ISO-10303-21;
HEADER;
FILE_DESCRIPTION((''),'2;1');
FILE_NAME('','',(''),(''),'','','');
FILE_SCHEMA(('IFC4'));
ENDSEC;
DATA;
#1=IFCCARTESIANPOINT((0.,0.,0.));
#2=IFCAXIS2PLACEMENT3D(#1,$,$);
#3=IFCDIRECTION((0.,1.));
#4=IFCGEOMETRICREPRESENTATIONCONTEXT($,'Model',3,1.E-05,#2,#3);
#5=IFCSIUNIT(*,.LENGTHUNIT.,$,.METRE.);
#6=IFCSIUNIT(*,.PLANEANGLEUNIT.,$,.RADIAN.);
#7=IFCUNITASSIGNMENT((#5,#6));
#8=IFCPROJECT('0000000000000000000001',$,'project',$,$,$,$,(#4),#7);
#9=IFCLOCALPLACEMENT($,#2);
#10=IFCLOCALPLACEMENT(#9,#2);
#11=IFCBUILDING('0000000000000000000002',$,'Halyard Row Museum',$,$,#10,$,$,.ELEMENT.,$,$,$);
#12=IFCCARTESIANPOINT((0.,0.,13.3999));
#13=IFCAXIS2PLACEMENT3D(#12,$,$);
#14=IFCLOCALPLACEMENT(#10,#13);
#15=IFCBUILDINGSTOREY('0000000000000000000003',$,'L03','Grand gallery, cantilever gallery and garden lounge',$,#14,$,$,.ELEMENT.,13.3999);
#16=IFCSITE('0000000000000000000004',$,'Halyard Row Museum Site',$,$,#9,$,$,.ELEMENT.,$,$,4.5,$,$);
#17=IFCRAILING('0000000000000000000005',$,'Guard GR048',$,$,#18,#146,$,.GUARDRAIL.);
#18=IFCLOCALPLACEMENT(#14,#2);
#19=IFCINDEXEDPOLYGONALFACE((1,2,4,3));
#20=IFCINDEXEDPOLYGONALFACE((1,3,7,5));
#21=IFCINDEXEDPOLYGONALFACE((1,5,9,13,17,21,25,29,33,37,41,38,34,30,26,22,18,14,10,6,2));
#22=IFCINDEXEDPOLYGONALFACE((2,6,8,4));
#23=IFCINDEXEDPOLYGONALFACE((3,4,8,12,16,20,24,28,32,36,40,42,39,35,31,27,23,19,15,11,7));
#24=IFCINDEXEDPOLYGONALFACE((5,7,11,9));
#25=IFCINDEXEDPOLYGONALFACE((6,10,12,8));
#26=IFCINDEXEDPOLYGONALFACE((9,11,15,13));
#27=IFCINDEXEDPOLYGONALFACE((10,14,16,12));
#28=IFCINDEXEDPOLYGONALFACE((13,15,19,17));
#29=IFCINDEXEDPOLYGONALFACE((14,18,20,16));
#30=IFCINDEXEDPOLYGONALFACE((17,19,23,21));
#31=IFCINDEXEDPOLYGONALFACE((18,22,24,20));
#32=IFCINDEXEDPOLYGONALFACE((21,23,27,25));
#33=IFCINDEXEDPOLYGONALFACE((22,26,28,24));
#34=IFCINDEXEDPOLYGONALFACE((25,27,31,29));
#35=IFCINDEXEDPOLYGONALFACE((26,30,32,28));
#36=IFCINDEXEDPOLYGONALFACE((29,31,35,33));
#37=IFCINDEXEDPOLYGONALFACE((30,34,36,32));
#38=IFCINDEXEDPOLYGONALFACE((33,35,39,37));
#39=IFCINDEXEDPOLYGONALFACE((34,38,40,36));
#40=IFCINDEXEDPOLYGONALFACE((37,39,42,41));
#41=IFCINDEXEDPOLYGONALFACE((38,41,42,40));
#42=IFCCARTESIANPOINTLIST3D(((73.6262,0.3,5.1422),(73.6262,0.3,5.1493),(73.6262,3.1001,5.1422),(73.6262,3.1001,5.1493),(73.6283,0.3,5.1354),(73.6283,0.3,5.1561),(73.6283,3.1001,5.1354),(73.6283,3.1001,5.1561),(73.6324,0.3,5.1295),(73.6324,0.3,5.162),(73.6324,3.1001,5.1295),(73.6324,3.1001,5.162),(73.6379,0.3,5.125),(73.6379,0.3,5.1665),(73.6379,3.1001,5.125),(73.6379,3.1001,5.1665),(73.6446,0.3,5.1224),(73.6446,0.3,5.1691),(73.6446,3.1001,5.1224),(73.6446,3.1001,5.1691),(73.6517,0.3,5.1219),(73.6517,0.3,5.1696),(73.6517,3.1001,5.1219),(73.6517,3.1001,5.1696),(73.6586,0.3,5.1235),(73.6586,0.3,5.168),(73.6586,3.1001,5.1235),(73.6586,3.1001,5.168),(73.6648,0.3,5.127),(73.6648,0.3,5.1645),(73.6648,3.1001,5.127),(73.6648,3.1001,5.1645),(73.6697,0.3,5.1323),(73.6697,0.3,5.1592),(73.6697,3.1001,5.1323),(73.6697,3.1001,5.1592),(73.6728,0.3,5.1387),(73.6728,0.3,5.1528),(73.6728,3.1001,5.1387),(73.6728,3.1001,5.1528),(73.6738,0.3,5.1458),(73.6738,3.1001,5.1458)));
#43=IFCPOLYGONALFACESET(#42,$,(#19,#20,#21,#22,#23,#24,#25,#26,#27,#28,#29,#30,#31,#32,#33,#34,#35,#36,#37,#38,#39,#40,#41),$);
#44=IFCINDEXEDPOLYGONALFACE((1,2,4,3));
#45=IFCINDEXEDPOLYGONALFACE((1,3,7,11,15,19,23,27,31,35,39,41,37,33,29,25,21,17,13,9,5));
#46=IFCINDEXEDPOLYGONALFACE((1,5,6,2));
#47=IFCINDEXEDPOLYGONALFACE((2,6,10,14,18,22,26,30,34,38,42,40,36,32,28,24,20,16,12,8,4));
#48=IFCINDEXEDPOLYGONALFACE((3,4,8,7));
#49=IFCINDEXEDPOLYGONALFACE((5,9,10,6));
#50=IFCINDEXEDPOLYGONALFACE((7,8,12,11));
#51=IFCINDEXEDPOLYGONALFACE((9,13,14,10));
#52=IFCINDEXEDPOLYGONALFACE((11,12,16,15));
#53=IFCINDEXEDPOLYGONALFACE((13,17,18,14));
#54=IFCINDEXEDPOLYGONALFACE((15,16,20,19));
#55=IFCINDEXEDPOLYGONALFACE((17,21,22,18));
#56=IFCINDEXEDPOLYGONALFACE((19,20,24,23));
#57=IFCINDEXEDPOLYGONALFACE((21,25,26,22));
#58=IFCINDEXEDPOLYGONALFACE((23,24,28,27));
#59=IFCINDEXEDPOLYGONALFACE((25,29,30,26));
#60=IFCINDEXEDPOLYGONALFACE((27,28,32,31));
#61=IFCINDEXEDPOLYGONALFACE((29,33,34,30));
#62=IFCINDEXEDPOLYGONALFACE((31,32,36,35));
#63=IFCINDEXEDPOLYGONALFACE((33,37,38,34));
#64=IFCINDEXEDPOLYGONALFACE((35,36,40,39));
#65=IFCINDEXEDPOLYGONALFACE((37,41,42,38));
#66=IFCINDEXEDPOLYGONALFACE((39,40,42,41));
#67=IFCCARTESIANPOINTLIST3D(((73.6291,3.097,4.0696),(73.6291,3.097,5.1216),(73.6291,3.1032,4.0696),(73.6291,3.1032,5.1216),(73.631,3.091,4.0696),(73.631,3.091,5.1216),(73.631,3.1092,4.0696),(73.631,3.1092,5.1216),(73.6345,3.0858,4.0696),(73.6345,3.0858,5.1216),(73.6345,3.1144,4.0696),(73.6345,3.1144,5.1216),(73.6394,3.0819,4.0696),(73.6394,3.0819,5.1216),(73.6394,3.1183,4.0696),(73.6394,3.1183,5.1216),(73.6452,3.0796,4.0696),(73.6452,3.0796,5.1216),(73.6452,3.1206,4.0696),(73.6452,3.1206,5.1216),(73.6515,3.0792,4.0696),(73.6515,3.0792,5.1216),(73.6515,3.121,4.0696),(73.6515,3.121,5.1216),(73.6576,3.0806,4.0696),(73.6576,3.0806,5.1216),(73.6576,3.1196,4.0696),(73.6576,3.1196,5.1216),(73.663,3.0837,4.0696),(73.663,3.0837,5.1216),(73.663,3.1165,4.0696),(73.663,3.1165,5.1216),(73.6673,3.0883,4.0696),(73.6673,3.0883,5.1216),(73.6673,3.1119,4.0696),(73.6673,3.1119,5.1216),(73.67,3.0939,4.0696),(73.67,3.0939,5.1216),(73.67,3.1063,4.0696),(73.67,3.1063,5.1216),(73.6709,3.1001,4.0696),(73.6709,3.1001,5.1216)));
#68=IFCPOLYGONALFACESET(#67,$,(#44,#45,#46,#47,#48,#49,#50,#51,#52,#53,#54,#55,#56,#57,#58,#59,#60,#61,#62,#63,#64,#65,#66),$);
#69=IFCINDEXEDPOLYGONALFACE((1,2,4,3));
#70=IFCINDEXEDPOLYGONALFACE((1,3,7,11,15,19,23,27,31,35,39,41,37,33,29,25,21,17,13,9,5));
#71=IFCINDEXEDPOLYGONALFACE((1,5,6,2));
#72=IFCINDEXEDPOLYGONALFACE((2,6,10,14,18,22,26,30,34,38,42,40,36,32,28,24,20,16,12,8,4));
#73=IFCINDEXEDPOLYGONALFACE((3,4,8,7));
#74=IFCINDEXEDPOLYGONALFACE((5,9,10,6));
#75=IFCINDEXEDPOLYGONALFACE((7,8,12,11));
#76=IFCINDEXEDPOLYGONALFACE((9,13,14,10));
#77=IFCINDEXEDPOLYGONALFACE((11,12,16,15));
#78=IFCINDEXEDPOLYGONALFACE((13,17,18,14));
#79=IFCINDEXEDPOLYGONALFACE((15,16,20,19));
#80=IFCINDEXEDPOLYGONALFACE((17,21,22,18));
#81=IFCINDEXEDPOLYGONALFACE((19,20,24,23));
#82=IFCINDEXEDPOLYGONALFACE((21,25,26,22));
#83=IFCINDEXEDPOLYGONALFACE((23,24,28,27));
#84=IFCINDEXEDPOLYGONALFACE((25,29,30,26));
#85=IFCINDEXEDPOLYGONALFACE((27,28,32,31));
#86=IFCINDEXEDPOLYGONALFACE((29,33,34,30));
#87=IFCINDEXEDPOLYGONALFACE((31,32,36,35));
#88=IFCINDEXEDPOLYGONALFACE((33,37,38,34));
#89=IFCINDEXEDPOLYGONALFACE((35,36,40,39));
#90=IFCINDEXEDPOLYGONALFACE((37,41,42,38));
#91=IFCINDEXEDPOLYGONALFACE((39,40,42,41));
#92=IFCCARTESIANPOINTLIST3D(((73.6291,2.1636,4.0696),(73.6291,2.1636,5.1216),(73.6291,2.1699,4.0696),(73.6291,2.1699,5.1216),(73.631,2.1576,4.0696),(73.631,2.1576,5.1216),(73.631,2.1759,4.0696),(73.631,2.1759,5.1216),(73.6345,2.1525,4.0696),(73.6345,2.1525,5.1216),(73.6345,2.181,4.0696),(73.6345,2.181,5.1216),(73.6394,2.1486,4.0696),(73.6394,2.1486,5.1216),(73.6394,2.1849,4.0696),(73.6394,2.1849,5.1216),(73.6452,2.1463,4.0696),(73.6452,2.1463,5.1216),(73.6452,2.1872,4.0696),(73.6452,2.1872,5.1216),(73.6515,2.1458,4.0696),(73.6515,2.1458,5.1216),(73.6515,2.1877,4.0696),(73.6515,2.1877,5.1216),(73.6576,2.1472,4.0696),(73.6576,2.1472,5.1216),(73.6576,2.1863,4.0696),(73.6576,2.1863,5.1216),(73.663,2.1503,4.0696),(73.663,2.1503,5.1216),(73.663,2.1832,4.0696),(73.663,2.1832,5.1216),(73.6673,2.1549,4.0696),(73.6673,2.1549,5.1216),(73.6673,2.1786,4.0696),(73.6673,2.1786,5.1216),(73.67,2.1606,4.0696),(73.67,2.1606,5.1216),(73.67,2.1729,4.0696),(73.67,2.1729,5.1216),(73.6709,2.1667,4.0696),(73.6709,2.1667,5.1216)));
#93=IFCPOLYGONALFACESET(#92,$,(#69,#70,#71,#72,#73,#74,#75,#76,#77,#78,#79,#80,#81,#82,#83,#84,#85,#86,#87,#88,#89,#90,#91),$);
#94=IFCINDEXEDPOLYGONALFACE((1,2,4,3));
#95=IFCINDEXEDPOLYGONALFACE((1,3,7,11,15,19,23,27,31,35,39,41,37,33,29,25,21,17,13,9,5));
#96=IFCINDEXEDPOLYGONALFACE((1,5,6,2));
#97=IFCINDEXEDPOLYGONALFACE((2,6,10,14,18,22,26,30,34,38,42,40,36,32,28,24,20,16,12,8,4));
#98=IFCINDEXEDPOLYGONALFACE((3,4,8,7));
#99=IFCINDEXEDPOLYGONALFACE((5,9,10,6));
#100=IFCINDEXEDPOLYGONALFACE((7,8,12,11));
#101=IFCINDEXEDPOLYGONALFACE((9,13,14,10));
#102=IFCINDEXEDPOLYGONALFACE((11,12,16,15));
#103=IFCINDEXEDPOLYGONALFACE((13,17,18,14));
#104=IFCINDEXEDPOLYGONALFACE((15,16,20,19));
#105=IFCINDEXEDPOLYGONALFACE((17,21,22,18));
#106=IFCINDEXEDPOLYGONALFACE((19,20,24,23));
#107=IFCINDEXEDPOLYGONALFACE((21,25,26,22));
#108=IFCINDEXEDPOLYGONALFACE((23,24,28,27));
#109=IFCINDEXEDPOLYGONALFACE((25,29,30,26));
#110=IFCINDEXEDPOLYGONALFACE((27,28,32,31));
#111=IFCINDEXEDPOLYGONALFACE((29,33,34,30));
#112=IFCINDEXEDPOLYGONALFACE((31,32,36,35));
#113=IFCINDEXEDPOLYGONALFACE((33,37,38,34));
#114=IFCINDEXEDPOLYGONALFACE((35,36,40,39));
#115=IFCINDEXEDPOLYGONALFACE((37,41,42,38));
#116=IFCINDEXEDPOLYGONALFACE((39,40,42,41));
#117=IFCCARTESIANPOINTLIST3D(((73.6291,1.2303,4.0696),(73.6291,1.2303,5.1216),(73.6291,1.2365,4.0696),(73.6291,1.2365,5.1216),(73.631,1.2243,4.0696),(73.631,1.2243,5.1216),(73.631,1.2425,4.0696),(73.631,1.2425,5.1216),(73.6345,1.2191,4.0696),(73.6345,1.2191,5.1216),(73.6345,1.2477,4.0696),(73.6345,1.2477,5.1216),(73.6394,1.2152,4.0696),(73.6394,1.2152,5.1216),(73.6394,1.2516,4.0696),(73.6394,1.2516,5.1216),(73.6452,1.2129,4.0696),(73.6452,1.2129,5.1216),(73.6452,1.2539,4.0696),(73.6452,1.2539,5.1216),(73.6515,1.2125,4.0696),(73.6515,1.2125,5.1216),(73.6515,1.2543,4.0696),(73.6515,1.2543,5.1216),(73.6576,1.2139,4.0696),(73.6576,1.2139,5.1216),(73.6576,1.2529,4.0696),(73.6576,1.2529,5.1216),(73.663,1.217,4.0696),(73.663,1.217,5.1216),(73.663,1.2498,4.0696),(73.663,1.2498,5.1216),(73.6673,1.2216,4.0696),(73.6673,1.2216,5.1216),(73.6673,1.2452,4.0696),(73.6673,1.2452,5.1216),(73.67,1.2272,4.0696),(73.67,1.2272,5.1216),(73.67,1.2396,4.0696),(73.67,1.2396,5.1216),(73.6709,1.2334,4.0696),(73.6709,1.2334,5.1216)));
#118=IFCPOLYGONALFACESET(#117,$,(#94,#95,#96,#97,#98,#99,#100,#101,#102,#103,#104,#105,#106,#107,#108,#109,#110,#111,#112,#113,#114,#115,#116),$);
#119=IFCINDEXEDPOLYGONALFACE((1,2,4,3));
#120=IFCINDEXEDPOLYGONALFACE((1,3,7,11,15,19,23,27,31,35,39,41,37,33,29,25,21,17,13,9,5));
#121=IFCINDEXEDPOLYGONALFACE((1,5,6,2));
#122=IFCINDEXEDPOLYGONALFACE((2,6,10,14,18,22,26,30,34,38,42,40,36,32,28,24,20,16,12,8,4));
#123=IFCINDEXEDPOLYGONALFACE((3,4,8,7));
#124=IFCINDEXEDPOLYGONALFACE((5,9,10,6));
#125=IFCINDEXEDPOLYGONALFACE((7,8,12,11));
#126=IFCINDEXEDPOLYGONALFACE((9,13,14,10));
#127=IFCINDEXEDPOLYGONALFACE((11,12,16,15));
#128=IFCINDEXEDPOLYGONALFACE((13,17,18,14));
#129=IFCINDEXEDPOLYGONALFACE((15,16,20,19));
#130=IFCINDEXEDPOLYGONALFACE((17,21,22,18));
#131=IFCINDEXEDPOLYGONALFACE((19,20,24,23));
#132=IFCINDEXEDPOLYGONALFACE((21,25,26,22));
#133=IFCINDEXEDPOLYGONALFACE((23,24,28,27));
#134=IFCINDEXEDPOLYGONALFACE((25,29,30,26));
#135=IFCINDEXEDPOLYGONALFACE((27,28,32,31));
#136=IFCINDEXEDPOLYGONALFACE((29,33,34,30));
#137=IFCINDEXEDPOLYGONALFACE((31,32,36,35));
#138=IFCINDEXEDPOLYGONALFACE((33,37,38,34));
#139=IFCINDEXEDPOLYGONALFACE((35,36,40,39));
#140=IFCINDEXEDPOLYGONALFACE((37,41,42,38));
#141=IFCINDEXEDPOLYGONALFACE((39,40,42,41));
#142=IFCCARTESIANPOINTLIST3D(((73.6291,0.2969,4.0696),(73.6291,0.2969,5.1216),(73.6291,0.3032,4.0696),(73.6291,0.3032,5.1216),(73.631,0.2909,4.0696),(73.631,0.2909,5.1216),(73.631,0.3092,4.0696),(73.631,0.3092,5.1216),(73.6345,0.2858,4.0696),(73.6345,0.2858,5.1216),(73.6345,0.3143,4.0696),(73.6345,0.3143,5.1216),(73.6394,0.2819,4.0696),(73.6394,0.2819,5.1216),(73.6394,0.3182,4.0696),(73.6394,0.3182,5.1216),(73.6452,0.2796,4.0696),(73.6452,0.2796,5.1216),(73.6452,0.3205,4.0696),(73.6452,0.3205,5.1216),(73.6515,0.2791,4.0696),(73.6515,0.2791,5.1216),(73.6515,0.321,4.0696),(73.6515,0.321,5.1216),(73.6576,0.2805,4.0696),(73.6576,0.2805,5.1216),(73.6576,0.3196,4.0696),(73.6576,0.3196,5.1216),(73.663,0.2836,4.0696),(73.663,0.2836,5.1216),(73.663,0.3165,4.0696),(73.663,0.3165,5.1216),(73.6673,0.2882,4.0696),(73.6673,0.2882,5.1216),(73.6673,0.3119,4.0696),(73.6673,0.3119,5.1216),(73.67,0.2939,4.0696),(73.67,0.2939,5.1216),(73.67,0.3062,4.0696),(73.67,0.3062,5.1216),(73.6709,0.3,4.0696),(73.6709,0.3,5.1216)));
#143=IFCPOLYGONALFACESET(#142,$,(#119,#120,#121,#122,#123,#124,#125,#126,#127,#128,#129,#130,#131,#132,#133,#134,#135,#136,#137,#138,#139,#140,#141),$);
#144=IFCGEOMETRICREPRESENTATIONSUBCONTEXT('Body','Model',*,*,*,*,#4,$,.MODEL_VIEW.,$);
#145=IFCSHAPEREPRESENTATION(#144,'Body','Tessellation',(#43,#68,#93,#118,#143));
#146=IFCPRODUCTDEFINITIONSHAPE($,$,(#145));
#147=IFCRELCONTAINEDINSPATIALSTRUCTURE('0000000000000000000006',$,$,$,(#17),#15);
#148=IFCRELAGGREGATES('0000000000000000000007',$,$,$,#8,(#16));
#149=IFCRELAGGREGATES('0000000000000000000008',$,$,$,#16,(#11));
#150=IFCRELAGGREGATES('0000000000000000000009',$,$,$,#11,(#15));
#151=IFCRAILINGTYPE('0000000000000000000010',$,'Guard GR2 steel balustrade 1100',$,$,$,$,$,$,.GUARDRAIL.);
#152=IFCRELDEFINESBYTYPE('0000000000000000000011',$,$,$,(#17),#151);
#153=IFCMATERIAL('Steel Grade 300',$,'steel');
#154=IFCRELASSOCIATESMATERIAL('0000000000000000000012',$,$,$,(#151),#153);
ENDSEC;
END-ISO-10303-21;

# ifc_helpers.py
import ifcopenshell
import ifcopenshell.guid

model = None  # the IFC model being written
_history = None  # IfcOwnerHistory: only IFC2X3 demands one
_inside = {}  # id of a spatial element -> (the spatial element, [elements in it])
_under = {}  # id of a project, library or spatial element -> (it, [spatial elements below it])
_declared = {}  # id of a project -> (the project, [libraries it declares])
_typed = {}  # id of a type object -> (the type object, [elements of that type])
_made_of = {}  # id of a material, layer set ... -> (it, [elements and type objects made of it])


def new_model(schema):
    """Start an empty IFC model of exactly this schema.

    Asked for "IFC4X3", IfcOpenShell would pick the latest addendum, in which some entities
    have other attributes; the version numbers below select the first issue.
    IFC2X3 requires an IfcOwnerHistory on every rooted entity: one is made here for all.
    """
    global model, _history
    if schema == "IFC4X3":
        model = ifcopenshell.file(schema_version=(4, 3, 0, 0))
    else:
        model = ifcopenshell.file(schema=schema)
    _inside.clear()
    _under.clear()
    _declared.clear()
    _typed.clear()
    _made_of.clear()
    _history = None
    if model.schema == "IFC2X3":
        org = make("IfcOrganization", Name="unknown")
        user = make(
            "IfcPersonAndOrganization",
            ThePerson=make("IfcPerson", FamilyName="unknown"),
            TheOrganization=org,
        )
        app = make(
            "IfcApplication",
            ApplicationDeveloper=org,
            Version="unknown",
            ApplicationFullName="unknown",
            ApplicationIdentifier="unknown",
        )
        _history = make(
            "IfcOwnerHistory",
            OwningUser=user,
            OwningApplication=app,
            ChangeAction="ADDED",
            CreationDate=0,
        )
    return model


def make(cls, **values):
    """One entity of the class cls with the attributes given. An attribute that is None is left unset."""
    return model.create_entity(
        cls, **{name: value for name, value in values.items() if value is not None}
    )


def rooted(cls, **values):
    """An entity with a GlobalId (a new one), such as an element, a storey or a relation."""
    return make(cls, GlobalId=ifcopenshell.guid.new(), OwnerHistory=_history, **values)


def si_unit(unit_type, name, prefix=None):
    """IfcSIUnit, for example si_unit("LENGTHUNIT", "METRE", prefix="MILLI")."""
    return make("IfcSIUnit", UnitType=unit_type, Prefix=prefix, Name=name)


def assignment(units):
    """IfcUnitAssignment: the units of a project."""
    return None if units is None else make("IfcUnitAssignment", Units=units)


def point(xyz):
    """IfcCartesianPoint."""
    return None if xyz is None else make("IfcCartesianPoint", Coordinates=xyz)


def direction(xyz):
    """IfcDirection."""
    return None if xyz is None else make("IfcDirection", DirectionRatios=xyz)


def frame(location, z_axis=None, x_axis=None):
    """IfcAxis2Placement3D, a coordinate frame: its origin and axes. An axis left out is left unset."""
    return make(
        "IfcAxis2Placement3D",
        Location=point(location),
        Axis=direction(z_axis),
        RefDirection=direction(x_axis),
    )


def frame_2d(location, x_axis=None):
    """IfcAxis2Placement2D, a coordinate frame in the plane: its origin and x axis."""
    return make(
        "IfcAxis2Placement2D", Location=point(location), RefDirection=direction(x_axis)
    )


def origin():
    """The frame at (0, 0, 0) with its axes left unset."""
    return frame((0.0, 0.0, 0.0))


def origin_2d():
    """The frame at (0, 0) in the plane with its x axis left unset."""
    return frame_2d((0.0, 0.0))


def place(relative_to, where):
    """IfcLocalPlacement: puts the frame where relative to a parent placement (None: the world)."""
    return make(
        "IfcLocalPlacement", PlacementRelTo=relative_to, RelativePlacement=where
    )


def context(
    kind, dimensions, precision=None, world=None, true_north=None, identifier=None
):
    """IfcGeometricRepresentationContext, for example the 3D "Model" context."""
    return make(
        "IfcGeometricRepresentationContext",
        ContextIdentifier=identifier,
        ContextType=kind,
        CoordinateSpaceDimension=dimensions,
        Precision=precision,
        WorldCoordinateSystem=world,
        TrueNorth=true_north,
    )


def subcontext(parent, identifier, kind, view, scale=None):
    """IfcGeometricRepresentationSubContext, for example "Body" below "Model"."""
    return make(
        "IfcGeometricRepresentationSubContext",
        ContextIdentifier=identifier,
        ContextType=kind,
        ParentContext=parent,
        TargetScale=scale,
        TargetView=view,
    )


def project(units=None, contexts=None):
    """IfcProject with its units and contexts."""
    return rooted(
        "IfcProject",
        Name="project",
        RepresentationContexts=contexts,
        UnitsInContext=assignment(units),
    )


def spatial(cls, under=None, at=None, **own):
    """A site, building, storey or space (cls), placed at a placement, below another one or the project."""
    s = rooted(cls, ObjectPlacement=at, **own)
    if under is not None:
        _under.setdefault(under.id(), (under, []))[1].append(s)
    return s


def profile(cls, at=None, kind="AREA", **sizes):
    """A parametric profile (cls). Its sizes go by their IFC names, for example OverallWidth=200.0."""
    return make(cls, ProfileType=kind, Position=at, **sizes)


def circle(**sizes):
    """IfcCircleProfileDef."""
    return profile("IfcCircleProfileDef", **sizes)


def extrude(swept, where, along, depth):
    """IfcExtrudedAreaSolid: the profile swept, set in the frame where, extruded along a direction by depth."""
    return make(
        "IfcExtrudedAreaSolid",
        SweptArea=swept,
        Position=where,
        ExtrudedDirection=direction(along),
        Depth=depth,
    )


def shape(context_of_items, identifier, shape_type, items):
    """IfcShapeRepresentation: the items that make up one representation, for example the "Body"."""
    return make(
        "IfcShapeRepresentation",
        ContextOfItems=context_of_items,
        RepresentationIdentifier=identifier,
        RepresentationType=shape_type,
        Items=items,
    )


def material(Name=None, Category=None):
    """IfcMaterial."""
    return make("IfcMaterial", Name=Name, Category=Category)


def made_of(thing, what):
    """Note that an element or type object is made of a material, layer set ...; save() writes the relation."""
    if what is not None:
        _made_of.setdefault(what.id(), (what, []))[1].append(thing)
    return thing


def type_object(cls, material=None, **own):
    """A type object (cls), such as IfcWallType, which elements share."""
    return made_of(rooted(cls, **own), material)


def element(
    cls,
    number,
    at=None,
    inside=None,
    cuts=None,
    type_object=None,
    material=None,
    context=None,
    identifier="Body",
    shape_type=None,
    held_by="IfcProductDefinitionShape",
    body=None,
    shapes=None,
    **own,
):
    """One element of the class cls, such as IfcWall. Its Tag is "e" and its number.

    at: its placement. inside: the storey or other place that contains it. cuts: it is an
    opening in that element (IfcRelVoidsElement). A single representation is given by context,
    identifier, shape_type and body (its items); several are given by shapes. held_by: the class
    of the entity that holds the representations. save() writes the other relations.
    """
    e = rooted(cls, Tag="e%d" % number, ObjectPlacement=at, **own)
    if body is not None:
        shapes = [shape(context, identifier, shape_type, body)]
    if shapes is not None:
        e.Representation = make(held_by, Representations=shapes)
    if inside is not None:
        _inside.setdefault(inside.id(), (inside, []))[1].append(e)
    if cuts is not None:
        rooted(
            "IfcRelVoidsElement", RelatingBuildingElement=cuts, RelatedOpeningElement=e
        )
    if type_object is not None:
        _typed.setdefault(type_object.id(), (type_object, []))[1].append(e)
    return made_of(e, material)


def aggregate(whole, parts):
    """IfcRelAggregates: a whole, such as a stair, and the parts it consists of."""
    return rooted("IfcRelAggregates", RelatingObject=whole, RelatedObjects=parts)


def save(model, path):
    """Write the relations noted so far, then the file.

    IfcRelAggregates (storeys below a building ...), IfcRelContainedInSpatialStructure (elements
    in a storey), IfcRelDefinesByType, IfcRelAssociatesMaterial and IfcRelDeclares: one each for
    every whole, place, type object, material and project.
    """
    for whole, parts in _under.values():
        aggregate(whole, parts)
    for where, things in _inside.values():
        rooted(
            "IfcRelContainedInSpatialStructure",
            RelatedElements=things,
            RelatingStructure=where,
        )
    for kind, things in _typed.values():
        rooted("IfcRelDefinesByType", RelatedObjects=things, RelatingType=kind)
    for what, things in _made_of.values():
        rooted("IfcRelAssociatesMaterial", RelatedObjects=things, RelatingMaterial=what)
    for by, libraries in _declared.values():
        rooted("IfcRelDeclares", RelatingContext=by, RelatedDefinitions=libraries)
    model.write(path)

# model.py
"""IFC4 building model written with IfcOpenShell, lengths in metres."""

from ifc_helpers import new_model, si_unit, direction, frame, origin, origin_2d, place, context, subcontext, project, spatial, circle, extrude, material, type_object, element, save


model = new_model("IFC4")

# Units and contexts
model_context = context("Model", 3, precision=1e-05, world=origin(), true_north=direction((0.0, 1.0)))
body_context = subcontext(model_context, "Body", "Model", "MODEL_VIEW")
ifc_project = project(units=[si_unit("LENGTHUNIT", "METRE"), si_unit("PLANEANGLEUNIT", "RADIAN")], contexts=[model_context])

# Site, building, storey
site_placement = place(None, origin())
site = spatial("IfcSite", under=ifc_project, at=site_placement, Name="Halyard Row Museum Site", CompositionType="ELEMENT", RefElevation=4.5)
building_placement = place(site_placement, origin())
building = spatial("IfcBuilding", under=site, at=building_placement, Name="Halyard Row Museum", CompositionType="ELEMENT")
storey_placement = place(building_placement, frame((0.0, 0.0, 13.3999)))
storey = spatial("IfcBuildingStorey", under=building, at=storey_placement, Name="L03", Description="Grand gallery, cantilever gallery and garden lounge", CompositionType="ELEMENT", Elevation=13.3999)

# Railing
ifc_material_1 = material(Name="Steel Grade 300", Category="steel")
railing_type_1 = type_object("IfcRailingType", Name="Guard GR2 steel balustrade 1100", PredefinedType="GUARDRAIL", material=ifc_material_1)
railing_1_placement = place(storey_placement, frame((73.6499, 3.1001, 4.0696)))
element("IfcRailing", 1, at=railing_1_placement, inside=storey, type_object=railing_type_1, Name="Guard GR048", PredefinedType="GUARDRAIL", context=body_context, shape_type="SweptSolid", body=[
    extrude(circle(Radius=0.0239, at=origin_2d()), frame((0.0, 0.0, 1.0762), z_axis=(0.0, -1.0, 0.0), x_axis=(1.0, 0.0, 0.0)), (0.0, 0.0, 1.0), 2.8),
    extrude(circle(Radius=0.021, at=origin_2d()), origin(), (0.0, 0.0, 1.0), 1.052),
    extrude(circle(Radius=0.021, at=origin_2d()), frame((0.0, -0.9333, 0.0)), (0.0, 0.0, 1.0), 1.052),
    extrude(circle(Radius=0.021, at=origin_2d()), frame((0.0, -1.8667, 0.0)), (0.0, 0.0, 1.0), 1.052),
    extrude(circle(Radius=0.021, at=origin_2d()), frame((0.0, -2.8, 0.0)), (0.0, 0.0, 1.0), 1.052),
])

save(model, "model.ifc")
